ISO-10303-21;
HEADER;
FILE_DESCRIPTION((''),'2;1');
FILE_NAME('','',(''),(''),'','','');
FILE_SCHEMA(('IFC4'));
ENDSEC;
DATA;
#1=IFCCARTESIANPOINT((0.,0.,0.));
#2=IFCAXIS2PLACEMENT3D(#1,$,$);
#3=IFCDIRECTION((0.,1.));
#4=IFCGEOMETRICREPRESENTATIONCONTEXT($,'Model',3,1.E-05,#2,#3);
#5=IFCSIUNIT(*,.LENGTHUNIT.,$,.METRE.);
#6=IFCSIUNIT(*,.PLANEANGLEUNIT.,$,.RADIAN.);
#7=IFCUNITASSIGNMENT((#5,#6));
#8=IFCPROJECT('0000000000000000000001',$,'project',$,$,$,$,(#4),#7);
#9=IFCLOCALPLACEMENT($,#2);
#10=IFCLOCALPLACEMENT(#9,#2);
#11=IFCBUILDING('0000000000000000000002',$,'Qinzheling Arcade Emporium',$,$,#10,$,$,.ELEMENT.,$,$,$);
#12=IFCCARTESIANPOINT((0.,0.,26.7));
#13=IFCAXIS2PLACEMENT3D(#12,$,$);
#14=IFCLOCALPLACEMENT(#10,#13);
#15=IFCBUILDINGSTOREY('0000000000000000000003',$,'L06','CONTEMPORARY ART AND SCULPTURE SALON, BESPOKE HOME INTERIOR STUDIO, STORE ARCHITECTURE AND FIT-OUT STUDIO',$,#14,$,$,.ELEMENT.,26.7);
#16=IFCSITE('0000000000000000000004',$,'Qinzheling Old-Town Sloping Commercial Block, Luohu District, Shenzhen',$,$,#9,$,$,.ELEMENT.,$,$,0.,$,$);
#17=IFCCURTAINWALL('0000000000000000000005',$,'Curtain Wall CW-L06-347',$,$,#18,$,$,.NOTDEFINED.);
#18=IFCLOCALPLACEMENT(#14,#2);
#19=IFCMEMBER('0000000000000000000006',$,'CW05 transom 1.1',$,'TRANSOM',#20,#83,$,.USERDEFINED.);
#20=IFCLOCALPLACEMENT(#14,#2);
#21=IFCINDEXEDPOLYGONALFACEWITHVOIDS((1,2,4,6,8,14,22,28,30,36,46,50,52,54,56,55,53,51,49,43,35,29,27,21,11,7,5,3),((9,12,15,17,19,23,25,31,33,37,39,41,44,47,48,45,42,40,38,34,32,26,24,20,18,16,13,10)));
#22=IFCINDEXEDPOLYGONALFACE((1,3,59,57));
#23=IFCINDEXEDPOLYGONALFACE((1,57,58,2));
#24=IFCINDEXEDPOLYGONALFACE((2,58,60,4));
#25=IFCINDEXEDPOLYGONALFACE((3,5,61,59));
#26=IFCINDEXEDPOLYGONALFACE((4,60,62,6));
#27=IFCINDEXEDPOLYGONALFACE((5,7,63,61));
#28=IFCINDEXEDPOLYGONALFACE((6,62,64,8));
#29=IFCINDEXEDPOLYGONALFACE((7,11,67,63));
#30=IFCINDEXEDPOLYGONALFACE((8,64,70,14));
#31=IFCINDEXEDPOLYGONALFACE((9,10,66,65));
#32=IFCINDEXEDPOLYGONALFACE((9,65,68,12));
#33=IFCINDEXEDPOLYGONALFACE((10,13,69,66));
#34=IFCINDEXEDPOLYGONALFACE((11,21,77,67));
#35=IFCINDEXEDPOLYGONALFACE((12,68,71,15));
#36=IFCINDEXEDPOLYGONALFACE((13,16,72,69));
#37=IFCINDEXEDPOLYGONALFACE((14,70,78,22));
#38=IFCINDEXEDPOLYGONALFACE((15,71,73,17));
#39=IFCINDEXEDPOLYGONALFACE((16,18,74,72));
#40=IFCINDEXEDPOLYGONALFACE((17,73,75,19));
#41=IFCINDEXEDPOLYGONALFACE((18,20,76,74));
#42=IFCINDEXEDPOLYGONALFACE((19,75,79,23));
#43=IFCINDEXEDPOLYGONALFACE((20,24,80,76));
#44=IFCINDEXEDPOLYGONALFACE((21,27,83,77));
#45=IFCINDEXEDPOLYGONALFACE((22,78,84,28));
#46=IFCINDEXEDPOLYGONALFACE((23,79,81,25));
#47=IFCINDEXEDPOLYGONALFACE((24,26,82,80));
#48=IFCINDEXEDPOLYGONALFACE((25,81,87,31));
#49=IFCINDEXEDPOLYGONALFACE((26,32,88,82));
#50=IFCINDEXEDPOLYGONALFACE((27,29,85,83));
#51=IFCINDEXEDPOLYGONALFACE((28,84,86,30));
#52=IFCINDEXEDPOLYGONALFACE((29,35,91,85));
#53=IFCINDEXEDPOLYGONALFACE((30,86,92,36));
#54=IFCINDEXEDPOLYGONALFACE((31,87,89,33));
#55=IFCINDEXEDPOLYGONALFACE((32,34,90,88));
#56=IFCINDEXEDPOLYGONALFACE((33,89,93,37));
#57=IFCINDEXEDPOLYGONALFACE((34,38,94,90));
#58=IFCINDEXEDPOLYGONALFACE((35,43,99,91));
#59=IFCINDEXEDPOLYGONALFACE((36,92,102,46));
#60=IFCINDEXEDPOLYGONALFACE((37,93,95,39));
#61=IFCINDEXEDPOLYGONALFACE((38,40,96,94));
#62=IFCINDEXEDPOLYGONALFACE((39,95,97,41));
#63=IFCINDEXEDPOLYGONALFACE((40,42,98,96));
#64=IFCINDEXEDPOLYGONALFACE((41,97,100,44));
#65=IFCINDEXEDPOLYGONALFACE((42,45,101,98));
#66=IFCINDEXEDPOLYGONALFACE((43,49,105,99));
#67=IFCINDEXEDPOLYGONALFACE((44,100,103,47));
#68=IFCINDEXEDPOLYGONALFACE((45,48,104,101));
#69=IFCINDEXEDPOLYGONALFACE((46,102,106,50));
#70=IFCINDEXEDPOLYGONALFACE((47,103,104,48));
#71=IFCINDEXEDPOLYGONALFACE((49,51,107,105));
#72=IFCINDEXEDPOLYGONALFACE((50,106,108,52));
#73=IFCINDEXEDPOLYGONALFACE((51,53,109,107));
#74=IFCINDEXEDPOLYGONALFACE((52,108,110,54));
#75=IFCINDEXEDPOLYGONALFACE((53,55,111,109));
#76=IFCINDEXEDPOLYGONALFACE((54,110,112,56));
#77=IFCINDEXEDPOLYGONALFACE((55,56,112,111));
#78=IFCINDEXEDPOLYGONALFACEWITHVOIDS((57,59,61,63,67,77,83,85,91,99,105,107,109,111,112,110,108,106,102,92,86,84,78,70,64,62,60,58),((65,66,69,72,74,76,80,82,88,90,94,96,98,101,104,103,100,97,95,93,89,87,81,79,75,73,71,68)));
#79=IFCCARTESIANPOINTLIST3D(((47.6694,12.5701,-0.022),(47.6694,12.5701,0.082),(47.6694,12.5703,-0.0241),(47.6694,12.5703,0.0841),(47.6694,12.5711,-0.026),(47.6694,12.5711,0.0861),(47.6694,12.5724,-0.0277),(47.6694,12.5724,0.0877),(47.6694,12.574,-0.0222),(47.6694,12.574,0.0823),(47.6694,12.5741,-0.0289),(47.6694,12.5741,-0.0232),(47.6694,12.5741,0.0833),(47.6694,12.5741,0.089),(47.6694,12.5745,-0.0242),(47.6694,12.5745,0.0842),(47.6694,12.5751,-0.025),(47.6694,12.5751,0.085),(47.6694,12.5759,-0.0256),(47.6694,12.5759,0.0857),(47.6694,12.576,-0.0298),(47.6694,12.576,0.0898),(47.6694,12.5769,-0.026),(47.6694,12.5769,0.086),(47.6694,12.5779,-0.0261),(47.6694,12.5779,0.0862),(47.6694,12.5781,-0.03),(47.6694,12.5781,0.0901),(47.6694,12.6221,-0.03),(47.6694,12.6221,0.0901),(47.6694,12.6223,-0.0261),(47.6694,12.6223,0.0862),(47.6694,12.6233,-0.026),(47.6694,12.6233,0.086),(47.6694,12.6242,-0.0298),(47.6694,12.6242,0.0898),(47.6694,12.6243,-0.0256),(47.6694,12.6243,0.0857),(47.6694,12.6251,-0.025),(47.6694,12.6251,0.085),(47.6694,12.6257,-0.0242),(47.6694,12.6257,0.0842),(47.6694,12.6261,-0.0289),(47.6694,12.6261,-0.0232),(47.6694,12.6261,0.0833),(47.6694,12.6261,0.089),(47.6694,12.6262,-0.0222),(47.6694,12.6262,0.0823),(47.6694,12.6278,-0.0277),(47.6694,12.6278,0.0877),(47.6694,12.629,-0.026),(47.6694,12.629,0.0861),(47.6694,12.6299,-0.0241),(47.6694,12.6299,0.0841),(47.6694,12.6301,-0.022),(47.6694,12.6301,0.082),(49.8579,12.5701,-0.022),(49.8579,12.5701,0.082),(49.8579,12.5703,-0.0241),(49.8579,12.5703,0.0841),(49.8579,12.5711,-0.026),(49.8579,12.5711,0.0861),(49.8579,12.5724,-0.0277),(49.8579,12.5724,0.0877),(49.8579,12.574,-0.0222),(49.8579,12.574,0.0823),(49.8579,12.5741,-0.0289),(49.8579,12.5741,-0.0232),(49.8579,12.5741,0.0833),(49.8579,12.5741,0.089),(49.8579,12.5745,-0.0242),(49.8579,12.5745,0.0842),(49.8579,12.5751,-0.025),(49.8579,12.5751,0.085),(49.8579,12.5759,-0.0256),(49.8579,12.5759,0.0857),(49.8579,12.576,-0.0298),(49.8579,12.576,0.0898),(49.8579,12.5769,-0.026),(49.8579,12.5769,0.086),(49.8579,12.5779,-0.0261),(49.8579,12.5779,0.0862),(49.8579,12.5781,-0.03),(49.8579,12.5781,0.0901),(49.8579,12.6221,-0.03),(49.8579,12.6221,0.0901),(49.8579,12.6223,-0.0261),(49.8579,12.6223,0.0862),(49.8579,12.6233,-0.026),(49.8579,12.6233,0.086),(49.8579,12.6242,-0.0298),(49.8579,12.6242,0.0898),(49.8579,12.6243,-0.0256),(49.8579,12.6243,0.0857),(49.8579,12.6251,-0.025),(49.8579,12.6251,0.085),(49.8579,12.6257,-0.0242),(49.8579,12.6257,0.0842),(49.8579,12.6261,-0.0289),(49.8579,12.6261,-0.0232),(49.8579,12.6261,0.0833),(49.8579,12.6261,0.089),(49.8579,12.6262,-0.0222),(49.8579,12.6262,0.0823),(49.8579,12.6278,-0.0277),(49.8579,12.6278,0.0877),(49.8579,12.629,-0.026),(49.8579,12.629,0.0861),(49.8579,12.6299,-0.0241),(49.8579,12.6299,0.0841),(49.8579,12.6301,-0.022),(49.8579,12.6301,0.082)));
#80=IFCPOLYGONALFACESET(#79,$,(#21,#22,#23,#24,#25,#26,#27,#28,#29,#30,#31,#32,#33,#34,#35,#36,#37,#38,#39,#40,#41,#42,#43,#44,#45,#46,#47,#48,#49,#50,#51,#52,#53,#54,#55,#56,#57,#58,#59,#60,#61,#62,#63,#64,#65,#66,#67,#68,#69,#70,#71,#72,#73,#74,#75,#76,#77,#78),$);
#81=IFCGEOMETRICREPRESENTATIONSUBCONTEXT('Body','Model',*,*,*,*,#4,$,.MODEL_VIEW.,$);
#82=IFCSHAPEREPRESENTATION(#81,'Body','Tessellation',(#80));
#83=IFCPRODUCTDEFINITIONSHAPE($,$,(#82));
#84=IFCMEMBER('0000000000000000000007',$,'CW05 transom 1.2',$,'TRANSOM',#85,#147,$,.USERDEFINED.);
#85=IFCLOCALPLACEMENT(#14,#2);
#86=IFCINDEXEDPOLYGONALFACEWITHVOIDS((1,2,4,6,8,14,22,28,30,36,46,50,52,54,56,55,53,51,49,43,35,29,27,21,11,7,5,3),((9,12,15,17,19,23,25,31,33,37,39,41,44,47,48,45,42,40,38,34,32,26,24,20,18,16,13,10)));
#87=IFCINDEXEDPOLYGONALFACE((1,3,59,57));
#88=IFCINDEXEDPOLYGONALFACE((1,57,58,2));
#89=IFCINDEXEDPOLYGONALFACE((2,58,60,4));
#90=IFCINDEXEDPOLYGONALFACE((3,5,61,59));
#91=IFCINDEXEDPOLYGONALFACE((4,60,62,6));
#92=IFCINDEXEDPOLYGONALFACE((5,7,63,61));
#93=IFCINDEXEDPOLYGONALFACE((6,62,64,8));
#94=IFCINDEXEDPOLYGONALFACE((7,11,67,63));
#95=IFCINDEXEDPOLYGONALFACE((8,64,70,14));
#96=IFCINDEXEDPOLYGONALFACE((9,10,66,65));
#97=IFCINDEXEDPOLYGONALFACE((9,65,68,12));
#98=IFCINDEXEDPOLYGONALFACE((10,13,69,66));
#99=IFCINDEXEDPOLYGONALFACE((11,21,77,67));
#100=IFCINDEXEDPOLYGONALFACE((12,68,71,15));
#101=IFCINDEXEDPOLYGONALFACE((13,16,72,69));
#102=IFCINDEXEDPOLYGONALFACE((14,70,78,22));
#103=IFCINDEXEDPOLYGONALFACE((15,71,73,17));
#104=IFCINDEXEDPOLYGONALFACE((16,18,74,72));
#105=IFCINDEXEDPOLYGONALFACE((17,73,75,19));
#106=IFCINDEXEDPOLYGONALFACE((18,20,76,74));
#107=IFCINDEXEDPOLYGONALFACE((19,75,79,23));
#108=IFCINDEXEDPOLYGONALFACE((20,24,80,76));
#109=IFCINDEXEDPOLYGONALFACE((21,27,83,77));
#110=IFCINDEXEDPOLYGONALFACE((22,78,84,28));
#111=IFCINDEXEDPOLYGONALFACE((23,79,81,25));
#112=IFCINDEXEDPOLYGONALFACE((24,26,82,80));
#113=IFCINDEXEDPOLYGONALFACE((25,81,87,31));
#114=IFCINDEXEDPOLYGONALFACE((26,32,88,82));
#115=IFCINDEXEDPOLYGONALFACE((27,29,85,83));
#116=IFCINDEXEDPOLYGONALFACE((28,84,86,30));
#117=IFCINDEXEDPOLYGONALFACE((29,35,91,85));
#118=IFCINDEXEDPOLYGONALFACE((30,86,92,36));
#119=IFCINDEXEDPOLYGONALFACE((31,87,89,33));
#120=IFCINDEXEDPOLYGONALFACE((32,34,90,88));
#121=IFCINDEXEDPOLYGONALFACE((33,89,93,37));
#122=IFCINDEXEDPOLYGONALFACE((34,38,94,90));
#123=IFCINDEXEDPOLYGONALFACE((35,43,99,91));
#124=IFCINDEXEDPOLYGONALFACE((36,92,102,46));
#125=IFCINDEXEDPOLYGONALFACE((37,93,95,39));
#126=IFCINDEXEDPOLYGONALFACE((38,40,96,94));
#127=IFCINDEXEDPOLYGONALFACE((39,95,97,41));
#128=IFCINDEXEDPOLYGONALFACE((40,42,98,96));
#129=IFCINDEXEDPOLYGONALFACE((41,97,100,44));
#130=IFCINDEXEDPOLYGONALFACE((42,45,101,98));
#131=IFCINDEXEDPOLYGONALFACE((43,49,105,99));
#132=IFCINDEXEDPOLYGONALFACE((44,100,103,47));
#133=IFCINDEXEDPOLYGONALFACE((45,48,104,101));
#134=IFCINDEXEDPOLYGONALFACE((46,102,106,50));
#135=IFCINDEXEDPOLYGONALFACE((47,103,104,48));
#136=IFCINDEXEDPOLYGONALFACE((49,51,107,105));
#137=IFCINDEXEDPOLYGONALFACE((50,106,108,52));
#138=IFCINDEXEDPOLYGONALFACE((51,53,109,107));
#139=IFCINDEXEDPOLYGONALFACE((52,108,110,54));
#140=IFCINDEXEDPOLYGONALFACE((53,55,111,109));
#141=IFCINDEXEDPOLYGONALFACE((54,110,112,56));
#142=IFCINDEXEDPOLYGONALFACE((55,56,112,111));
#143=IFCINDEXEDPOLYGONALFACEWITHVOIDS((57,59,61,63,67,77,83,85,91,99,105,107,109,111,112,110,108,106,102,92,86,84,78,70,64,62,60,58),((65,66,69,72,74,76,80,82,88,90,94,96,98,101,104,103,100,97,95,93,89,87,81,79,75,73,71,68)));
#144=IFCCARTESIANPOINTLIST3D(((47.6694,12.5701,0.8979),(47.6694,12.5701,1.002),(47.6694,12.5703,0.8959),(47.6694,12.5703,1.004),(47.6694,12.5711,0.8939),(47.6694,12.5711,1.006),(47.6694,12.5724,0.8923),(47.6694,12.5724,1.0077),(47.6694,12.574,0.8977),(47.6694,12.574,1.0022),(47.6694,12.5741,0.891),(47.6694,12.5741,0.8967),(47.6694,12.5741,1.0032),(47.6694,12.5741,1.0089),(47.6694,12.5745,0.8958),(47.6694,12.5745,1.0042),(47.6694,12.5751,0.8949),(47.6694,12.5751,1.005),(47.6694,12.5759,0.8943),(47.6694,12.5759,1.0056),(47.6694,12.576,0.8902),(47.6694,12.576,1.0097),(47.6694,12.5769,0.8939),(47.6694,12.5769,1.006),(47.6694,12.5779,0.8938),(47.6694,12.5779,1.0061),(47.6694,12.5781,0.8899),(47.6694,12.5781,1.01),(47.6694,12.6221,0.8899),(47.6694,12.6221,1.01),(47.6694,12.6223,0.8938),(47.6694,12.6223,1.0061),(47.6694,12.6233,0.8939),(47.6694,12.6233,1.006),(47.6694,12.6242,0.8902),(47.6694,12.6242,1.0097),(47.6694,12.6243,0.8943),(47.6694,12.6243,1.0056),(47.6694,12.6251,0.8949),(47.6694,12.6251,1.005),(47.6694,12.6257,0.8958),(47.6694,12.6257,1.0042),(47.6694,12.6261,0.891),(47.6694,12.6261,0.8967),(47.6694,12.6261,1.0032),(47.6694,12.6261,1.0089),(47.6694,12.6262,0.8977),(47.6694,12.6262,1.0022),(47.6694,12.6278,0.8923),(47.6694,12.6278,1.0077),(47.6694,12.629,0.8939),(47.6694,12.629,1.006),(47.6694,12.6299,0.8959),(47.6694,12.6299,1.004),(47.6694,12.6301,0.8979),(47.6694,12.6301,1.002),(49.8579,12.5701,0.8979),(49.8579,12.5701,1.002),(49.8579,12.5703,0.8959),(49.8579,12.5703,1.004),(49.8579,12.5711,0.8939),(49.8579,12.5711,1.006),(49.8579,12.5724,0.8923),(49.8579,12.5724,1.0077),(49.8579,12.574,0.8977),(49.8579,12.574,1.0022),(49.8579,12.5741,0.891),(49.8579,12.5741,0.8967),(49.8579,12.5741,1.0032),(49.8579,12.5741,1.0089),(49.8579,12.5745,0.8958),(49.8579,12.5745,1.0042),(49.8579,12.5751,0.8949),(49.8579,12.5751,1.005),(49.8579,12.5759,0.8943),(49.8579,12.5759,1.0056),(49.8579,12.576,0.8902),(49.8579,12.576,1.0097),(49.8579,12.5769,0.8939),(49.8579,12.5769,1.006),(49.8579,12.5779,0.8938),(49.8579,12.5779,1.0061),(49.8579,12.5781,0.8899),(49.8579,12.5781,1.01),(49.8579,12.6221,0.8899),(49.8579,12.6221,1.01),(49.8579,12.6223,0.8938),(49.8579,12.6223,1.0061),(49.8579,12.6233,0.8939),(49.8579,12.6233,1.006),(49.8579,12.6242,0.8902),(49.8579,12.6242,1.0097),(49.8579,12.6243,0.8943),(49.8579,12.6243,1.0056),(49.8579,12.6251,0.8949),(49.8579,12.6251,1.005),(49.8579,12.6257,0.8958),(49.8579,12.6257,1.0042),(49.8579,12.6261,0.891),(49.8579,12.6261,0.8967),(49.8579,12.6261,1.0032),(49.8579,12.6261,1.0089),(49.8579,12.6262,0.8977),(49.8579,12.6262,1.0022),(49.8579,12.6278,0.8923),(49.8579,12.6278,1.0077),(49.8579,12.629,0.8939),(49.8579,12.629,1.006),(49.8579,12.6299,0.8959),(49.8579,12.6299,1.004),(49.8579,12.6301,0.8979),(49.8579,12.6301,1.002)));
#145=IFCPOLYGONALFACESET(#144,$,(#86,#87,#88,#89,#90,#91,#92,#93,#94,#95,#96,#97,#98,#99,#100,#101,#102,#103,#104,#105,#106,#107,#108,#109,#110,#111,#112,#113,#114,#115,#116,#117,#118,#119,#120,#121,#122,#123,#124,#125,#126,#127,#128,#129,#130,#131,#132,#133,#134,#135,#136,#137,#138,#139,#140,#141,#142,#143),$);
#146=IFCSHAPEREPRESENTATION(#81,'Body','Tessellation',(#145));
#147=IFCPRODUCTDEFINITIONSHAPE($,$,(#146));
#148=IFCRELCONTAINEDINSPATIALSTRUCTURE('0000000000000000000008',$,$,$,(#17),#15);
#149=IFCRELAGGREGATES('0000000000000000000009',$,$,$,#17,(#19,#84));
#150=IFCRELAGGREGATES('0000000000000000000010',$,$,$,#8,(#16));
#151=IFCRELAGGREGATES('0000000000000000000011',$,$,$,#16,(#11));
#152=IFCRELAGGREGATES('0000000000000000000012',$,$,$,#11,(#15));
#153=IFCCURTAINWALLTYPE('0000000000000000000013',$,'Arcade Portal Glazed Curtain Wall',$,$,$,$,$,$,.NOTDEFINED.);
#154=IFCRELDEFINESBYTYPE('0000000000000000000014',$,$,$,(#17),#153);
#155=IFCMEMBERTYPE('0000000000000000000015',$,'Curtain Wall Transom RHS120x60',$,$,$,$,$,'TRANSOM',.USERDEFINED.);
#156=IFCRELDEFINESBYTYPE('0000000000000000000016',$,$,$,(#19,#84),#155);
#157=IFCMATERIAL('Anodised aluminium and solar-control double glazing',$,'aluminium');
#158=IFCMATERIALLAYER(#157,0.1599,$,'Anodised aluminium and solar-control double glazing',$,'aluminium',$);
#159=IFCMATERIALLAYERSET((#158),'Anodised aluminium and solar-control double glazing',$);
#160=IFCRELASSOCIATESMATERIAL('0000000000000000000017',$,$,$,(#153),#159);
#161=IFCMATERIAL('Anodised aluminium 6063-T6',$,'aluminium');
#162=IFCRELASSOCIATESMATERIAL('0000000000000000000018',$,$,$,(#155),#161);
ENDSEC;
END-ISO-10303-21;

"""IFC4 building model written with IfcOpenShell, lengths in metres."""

from ifc_helpers import new_model, si_unit, direction, frame, origin, origin_2d, place, context, subcontext, project, spatial, hollow_rectangle, extrude, material, layer, layer_set, material_profile, profile_set, type_object, element, aggregate, save


model = new_model("IFC4")

# Units and contexts
model_context = context("Model", 3, precision=1e-05, world=origin(), true_north=direction((0.0, 1.0)))
body_context = subcontext(model_context, "Body", "Model", "MODEL_VIEW")
ifc_project = project(units=[si_unit("LENGTHUNIT", "METRE"), si_unit("PLANEANGLEUNIT", "RADIAN")], contexts=[model_context])

# Site, building, storey
site_placement = place(None, origin())
site = spatial("IfcSite", under=ifc_project, at=site_placement, Name="Qinzheling Old-Town Sloping Commercial Block, Luohu District, Shenzhen", CompositionType="ELEMENT", RefElevation=0.0)
building_placement = place(site_placement, origin())
building = spatial("IfcBuilding", under=site, at=building_placement, Name="Qinzheling Arcade Emporium", CompositionType="ELEMENT")
storey_placement = place(building_placement, frame((0.0, 0.0, 26.7)))
storey = spatial("IfcBuildingStorey", under=building, at=storey_placement, Name="L06", Description="CONTEMPORARY ART AND SCULPTURE SALON, BESPOKE HOME INTERIOR STUDIO, STORE ARCHITECTURE AND FIT-OUT STUDIO", CompositionType="ELEMENT", Elevation=26.7)

# Shared definitions
ifc_material_1 = material(Name="Anodised aluminium and solar-control double glazing", Category="aluminium")
ifc_layer_1 = layer(ifc_material_1, 0.1599, Name="Anodised aluminium and solar-control double glazing", Category="aluminium")
ifc_layer_set_1 = layer_set([ifc_layer_1], Name="Anodised aluminium and solar-control double glazing")
curtain_wall_type = type_object("IfcCurtainWallType", Name="Arcade Portal Glazed Curtain Wall", PredefinedType="NOTDEFINED", material=ifc_layer_set_1)
ifc_material_2 = material(Name="Anodised aluminium 6063-T6", Category="aluminium")

# Curtain wall, members
curtain_wall_1_placement = place(storey_placement, origin())
curtain_wall_1 = element("IfcCurtainWall", 1, at=curtain_wall_1_placement, inside=storey, type_object=curtain_wall_type, Name="Curtain Wall CW-L06-347", PredefinedType="NOTDEFINED")
ifc_material_profile_1 = material_profile(ifc_material_2, hollow_rectangle(XDim=0.0601, YDim=0.1201, WallThickness=0.0039, InnerFilletRadius=0.0039, OuterFilletRadius=0.0081, at=origin_2d()), Name="RHS 120x60x4", Category="aluminium")
ifc_profile_set_1 = profile_set([ifc_material_profile_1], Name="Anodised aluminium 6063-T6")
member_type_1 = type_object("IfcMemberType", Name="Curtain Wall Transom RHS120x60", ElementType="TRANSOM", PredefinedType="USERDEFINED", material=ifc_profile_set_1)
member_1_placement = place(storey_placement, frame((49.8579, 12.6001, 0.03), z_axis=(-1.0, 0.0, 0.0), x_axis=(0.0, -1.0, 0.0)))
member_1 = element("IfcMember", 2, at=member_1_placement, type_object=member_type_1, Name="CW05 transom 1.1", ObjectType="TRANSOM", PredefinedType="USERDEFINED", context=body_context, shape_type="SweptSolid", body=[
    extrude(hollow_rectangle(XDim=0.0601, YDim=0.1201, WallThickness=0.0039, InnerFilletRadius=0.0039, OuterFilletRadius=0.0081, at=origin_2d()), origin(), (0.0, 0.0, 1.0), 2.1885),
])
member_2_placement = place(storey_placement, frame((49.8579, 12.6001, 0.95), z_axis=(-1.0, 0.0, 0.0), x_axis=(0.0, -1.0, 0.0)))
member_2 = element("IfcMember", 3, at=member_2_placement, type_object=member_type_1, Name="CW05 transom 1.2", ObjectType="TRANSOM", PredefinedType="USERDEFINED", context=body_context, shape_type="SweptSolid", body=[
    extrude(hollow_rectangle(XDim=0.0601, YDim=0.1201, WallThickness=0.0039, InnerFilletRadius=0.0039, OuterFilletRadius=0.0081, at=origin_2d()), origin(), (0.0, 0.0, 1.0), 2.1885),
])
aggregate(curtain_wall_1, [member_1, member_2])

save(model, "model.ifc")
